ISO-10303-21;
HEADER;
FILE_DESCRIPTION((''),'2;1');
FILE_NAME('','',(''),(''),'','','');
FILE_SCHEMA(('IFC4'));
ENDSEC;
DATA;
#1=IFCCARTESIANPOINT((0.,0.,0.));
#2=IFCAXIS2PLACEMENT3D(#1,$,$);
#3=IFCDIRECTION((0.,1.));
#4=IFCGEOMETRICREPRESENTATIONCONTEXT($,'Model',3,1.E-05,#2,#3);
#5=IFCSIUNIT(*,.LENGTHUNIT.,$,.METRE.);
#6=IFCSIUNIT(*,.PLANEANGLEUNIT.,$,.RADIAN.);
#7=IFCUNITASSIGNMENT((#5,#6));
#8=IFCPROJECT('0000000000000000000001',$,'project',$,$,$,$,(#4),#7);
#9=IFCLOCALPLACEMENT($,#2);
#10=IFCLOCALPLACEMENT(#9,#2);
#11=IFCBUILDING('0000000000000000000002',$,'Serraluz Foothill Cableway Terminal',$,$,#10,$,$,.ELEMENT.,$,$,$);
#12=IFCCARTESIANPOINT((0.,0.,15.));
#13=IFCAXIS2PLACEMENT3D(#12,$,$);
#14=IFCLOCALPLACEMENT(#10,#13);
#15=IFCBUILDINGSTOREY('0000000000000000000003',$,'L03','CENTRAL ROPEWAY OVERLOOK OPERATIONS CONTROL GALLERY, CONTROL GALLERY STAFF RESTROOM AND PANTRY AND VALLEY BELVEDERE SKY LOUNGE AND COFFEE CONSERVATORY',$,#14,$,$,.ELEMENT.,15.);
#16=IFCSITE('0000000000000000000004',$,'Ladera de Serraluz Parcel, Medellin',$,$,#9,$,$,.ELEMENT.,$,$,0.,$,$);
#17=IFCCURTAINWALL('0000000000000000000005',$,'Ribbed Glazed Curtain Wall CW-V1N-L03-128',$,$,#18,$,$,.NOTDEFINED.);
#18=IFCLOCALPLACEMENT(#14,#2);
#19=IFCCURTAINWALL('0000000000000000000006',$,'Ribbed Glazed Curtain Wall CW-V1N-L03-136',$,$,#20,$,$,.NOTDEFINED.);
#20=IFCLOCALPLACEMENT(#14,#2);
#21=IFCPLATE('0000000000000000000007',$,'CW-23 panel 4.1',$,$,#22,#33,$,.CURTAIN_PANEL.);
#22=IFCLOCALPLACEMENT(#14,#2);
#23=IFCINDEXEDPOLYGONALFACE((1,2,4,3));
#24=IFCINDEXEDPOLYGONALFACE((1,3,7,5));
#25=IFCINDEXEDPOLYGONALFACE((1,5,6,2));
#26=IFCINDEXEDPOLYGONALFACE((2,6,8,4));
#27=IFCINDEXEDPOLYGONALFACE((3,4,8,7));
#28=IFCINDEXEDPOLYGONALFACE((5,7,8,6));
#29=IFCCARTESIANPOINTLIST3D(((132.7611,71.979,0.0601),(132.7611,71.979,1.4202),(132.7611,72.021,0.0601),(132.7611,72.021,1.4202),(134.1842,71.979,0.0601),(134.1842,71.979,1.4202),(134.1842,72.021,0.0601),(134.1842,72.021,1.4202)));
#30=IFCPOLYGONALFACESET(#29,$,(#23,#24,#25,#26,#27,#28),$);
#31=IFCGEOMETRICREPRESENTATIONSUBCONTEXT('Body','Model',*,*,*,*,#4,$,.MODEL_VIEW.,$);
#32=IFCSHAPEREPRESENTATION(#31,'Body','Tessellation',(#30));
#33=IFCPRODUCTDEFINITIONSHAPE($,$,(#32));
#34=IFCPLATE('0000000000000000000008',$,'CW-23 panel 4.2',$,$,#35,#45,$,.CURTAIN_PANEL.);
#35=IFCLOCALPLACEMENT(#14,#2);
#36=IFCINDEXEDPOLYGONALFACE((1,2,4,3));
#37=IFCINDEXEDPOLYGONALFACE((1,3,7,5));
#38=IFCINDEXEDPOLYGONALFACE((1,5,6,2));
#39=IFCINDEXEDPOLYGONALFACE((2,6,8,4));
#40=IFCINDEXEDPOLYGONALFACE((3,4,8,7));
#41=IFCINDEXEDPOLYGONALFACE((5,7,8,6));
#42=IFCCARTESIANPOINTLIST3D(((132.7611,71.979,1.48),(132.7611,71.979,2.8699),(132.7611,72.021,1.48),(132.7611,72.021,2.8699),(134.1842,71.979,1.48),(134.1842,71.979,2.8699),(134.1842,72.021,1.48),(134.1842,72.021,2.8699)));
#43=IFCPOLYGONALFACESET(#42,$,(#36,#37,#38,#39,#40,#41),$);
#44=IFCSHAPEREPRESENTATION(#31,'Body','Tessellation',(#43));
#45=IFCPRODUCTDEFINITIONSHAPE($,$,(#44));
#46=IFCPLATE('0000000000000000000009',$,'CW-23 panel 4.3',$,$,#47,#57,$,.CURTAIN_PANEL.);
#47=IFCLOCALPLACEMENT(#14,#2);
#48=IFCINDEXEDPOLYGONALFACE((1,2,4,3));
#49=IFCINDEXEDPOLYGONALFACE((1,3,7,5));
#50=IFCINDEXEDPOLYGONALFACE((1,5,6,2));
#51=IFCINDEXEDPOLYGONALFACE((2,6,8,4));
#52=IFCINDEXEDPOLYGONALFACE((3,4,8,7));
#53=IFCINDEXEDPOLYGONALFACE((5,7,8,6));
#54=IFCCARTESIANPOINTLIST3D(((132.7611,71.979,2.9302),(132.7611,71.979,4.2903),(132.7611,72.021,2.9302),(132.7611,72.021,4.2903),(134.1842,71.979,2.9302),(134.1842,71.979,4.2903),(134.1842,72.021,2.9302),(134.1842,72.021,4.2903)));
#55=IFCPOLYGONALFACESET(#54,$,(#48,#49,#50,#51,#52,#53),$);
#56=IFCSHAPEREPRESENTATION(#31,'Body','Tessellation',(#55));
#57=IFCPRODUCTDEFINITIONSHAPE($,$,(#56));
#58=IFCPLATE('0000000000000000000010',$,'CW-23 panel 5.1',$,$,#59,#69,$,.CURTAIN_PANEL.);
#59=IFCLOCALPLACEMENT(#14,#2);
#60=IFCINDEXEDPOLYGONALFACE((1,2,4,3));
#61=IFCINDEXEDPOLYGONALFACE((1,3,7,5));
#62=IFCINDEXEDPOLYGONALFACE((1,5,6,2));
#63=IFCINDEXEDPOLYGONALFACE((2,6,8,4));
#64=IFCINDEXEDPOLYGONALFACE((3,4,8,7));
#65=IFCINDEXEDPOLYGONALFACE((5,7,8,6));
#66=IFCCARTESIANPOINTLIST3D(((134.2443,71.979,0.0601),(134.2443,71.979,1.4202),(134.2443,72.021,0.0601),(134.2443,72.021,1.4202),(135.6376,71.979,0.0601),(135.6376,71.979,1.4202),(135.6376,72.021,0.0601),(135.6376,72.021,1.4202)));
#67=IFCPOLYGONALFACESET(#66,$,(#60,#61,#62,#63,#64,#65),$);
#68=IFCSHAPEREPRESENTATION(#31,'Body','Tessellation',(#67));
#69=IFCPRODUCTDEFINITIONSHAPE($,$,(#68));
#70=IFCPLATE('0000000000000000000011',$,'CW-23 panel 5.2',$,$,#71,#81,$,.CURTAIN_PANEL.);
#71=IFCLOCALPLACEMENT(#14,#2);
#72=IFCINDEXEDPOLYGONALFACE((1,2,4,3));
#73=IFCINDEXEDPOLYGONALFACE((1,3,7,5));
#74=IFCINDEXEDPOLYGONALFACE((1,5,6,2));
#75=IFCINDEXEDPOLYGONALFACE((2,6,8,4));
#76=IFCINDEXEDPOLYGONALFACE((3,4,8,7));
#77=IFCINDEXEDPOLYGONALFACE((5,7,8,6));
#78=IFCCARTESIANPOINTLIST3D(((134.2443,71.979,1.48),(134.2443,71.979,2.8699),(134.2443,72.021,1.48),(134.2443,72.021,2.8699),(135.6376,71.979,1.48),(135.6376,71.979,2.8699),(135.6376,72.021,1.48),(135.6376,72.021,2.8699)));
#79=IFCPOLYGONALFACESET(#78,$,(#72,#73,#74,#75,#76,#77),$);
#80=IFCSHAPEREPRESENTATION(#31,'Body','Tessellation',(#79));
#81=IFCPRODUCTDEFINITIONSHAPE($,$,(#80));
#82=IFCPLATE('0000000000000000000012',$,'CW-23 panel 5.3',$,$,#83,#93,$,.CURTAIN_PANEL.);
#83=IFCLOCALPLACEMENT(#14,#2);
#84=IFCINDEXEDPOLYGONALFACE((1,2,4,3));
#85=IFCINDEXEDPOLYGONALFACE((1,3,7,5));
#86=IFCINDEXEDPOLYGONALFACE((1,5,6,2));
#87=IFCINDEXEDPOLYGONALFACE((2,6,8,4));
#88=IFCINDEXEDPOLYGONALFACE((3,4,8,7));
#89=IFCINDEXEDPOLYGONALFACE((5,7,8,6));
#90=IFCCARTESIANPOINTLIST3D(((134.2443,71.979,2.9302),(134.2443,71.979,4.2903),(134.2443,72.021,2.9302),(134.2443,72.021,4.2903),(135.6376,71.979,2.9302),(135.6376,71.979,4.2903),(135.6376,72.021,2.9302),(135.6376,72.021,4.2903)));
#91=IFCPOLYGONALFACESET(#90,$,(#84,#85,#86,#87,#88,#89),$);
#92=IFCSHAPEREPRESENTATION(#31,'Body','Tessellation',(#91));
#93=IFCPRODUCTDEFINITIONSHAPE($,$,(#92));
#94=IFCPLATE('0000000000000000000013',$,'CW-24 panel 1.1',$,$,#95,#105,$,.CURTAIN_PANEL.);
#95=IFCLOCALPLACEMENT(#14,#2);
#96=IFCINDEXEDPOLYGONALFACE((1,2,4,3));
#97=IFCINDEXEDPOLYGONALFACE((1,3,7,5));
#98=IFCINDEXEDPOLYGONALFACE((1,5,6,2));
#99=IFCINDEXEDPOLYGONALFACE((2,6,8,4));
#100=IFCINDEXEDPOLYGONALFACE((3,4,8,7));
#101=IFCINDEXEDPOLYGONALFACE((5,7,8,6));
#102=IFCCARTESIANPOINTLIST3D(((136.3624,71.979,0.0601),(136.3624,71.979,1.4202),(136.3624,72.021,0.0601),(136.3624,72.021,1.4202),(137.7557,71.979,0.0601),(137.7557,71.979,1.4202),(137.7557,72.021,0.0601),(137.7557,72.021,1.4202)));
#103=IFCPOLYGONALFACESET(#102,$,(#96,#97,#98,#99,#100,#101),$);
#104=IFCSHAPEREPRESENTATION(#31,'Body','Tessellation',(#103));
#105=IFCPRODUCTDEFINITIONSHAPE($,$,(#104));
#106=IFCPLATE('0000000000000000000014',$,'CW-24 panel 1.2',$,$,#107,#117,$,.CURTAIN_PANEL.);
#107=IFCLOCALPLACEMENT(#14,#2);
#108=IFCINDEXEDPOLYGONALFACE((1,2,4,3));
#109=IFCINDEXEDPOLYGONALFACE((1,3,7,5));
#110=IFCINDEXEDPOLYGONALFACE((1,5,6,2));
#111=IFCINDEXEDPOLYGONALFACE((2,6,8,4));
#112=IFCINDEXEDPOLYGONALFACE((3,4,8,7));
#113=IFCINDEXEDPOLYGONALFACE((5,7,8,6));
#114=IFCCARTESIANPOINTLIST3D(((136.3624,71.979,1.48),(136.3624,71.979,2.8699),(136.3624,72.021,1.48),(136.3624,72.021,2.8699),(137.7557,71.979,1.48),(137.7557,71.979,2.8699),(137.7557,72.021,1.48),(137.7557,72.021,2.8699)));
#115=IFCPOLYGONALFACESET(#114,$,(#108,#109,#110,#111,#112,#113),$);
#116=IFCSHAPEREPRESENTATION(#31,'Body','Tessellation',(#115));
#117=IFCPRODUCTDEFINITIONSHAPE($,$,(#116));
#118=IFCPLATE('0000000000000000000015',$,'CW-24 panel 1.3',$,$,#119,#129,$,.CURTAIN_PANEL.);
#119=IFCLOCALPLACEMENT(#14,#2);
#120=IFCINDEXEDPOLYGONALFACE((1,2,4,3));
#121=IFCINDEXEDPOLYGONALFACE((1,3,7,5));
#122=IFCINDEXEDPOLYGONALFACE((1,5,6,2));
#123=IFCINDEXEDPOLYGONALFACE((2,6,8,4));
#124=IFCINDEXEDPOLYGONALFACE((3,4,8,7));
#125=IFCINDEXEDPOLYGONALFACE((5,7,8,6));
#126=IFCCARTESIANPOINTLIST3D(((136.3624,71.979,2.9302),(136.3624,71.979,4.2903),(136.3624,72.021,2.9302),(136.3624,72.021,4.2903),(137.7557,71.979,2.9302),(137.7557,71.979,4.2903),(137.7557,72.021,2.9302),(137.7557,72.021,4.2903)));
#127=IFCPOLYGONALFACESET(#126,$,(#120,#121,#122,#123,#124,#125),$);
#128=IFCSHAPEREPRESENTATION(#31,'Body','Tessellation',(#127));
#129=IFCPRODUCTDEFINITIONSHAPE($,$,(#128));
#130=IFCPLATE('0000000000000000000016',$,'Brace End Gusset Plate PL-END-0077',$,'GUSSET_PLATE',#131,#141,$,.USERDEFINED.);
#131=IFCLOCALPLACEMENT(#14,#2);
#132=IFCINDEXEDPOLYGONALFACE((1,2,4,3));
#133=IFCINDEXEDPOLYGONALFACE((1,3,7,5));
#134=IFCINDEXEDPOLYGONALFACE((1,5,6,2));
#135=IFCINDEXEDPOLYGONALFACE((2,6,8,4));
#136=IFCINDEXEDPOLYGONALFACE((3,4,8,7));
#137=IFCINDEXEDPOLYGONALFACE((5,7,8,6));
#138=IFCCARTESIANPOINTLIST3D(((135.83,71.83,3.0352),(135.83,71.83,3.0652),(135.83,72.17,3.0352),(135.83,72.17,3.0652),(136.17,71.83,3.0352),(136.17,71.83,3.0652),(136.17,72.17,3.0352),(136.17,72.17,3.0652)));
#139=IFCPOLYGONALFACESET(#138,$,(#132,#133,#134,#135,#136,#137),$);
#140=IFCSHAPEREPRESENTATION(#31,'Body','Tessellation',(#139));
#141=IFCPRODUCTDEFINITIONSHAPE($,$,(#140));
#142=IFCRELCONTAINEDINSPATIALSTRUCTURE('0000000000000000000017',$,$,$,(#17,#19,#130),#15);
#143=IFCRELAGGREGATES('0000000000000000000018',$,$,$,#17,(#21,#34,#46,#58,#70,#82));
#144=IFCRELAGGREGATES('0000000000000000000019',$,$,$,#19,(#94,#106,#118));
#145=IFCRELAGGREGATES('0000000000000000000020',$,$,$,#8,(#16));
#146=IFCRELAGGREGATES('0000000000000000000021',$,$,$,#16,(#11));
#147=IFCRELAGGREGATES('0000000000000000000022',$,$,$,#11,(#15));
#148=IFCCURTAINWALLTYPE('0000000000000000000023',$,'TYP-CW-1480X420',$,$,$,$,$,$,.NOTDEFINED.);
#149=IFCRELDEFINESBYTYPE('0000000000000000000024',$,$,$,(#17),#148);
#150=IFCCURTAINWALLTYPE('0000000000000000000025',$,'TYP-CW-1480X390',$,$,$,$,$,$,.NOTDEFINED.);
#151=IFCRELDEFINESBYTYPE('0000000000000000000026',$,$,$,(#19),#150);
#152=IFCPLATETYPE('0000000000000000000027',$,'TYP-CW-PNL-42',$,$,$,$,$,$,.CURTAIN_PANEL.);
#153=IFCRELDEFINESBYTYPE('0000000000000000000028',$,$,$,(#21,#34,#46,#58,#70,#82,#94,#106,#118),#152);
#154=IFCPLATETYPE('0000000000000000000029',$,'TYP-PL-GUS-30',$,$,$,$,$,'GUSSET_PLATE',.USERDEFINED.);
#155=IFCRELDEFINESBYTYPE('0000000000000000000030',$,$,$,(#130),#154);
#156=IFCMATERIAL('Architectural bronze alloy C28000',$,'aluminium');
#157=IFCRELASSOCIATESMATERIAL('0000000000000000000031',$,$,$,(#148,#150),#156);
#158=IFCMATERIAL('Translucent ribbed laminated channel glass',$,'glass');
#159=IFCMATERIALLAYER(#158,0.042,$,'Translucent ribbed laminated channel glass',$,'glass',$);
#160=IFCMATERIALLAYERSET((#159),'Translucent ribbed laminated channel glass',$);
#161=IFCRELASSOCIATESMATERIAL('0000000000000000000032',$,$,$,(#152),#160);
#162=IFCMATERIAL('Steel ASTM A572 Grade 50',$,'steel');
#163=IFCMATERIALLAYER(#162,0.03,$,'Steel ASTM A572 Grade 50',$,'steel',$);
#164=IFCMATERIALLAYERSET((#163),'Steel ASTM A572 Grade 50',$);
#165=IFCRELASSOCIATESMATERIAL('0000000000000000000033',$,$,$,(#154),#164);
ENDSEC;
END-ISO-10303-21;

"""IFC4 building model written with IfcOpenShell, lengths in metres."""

from ifc_helpers import new_model, si_unit, direction, frame, origin, origin_2d, place, context, subcontext, project, spatial, rectangle, extrude, material, layer, layer_set, type_object, element, aggregate, save


model = new_model("IFC4")

# Units and contexts
model_context = context("Model", 3, precision=1e-05, world=origin(), true_north=direction((0.0, 1.0)))
body_context = subcontext(model_context, "Body", "Model", "MODEL_VIEW")
ifc_project = project(units=[si_unit("LENGTHUNIT", "METRE"), si_unit("PLANEANGLEUNIT", "RADIAN")], contexts=[model_context])

# Site, building, storey
site_placement = place(None, origin())
site = spatial("IfcSite", under=ifc_project, at=site_placement, Name="Ladera de Serraluz Parcel, Medellin", CompositionType="ELEMENT", RefElevation=0.0)
building_placement = place(site_placement, origin())
building = spatial("IfcBuilding", under=site, at=building_placement, Name="Serraluz Foothill Cableway Terminal", CompositionType="ELEMENT")
storey_placement = place(building_placement, frame((0.0, 0.0, 15.0)))
storey = spatial("IfcBuildingStorey", under=building, at=storey_placement, Name="L03", Description="CENTRAL ROPEWAY OVERLOOK OPERATIONS CONTROL GALLERY, CONTROL GALLERY STAFF RESTROOM AND PANTRY AND VALLEY BELVEDERE SKY LOUNGE AND COFFEE CONSERVATORY", CompositionType="ELEMENT", Elevation=15.0)

# Curtain walls
ifc_material_1 = material(Name="Architectural bronze alloy C28000", Category="aluminium")
curtain_wall_type_1 = type_object("IfcCurtainWallType", Name="TYP-CW-1480X420", PredefinedType="NOTDEFINED", material=ifc_material_1)
curtain_wall_1_placement = place(storey_placement, origin())
curtain_wall_1 = element("IfcCurtainWall", 1, at=curtain_wall_1_placement, inside=storey, type_object=curtain_wall_type_1, Name="Ribbed Glazed Curtain Wall CW-V1N-L03-128", PredefinedType="NOTDEFINED")
curtain_wall_type_2 = type_object("IfcCurtainWallType", Name="TYP-CW-1480X390", PredefinedType="NOTDEFINED", material=ifc_material_1)
curtain_wall_2_placement = place(storey_placement, origin())
curtain_wall_2 = element("IfcCurtainWall", 2, at=curtain_wall_2_placement, inside=storey, type_object=curtain_wall_type_2, Name="Ribbed Glazed Curtain Wall CW-V1N-L03-136", PredefinedType="NOTDEFINED")

# Shared definitions
ifc_material_2 = material(Name="Steel ASTM A572 Grade 50", Category="steel")

# Plates
ifc_material_3 = material(Name="Translucent ribbed laminated channel glass", Category="glass")
ifc_layer_1 = layer(ifc_material_3, 0.042, Name="Translucent ribbed laminated channel glass", Category="glass")
ifc_layer_set_1 = layer_set([ifc_layer_1], Name="Translucent ribbed laminated channel glass")
plate_type_1 = type_object("IfcPlateType", Name="TYP-CW-PNL-42", PredefinedType="CURTAIN_PANEL", material=ifc_layer_set_1)
plate_1_placement = place(storey_placement, frame((133.4727, 72.0, 0.0601), z_axis=(0.0, 0.0, 1.0), x_axis=(1.0, 0.0, 0.0)))
plate_1 = element("IfcPlate", 3, at=plate_1_placement, type_object=plate_type_1, Name="CW-23 panel 4.1", PredefinedType="CURTAIN_PANEL", context=body_context, shape_type="SweptSolid", body=[
    extrude(rectangle(XDim=1.4231, YDim=0.042, at=origin_2d()), origin(), (0.0, 0.0, 1.0), 1.3601),
])
plate_2_placement = place(storey_placement, frame((133.4727, 72.0, 1.48), z_axis=(0.0, 0.0, 1.0), x_axis=(1.0, 0.0, 0.0)))
plate_2 = element("IfcPlate", 4, at=plate_2_placement, type_object=plate_type_1, Name="CW-23 panel 4.2", PredefinedType="CURTAIN_PANEL", context=body_context, shape_type="SweptSolid", body=[
    extrude(rectangle(XDim=1.4231, YDim=0.042, at=origin_2d()), origin(), (0.0, 0.0, 1.0), 1.3899),
])
plate_3_placement = place(storey_placement, frame((133.4727, 72.0, 2.9302), z_axis=(0.0, 0.0, 1.0), x_axis=(1.0, 0.0, 0.0)))
plate_3 = element("IfcPlate", 5, at=plate_3_placement, type_object=plate_type_1, Name="CW-23 panel 4.3", PredefinedType="CURTAIN_PANEL", context=body_context, shape_type="SweptSolid", body=[
    extrude(rectangle(XDim=1.4231, YDim=0.042, at=origin_2d()), origin(), (0.0, 0.0, 1.0), 1.3601),
])
plate_4_placement = place(storey_placement, frame((134.9409, 72.0, 0.0601), z_axis=(0.0, 0.0, 1.0), x_axis=(1.0, 0.0, 0.0)))
plate_4 = element("IfcPlate", 6, at=plate_4_placement, type_object=plate_type_1, Name="CW-23 panel 5.1", PredefinedType="CURTAIN_PANEL", context=body_context, shape_type="SweptSolid", body=[
    extrude(rectangle(XDim=1.3933, YDim=0.042, at=origin_2d()), origin(), (0.0, 0.0, 1.0), 1.3601),
])
plate_5_placement = place(storey_placement, frame((134.9409, 72.0, 1.48), z_axis=(0.0, 0.0, 1.0), x_axis=(1.0, 0.0, 0.0)))
plate_5 = element("IfcPlate", 7, at=plate_5_placement, type_object=plate_type_1, Name="CW-23 panel 5.2", PredefinedType="CURTAIN_PANEL", context=body_context, shape_type="SweptSolid", body=[
    extrude(rectangle(XDim=1.3933, YDim=0.042, at=origin_2d()), origin(), (0.0, 0.0, 1.0), 1.3899),
])
plate_6_placement = place(storey_placement, frame((134.9409, 72.0, 2.9302), z_axis=(0.0, 0.0, 1.0), x_axis=(1.0, 0.0, 0.0)))
plate_6 = element("IfcPlate", 8, at=plate_6_placement, type_object=plate_type_1, Name="CW-23 panel 5.3", PredefinedType="CURTAIN_PANEL", context=body_context, shape_type="SweptSolid", body=[
    extrude(rectangle(XDim=1.3933, YDim=0.042, at=origin_2d()), origin(), (0.0, 0.0, 1.0), 1.3601),
])
aggregate(curtain_wall_1, [plate_1, plate_2, plate_3, plate_4, plate_5, plate_6])
plate_7_placement = place(storey_placement, frame((137.0591, 72.0, 0.0601), z_axis=(0.0, 0.0, 1.0), x_axis=(1.0, 0.0, 0.0)))
plate_7 = element("IfcPlate", 9, at=plate_7_placement, type_object=plate_type_1, Name="CW-24 panel 1.1", PredefinedType="CURTAIN_PANEL", context=body_context, shape_type="SweptSolid", body=[
    extrude(rectangle(XDim=1.3933, YDim=0.042, at=origin_2d()), origin(), (0.0, 0.0, 1.0), 1.3601),
])
plate_8_placement = place(storey_placement, frame((137.0591, 72.0, 1.48), z_axis=(0.0, 0.0, 1.0), x_axis=(1.0, 0.0, 0.0)))
plate_8 = element("IfcPlate", 10, at=plate_8_placement, type_object=plate_type_1, Name="CW-24 panel 1.2", PredefinedType="CURTAIN_PANEL", context=body_context, shape_type="SweptSolid", body=[
    extrude(rectangle(XDim=1.3933, YDim=0.042, at=origin_2d()), origin(), (0.0, 0.0, 1.0), 1.3899),
])
plate_9_placement = place(storey_placement, frame((137.0591, 72.0, 2.9302), z_axis=(0.0, 0.0, 1.0), x_axis=(1.0, 0.0, 0.0)))
plate_9 = element("IfcPlate", 11, at=plate_9_placement, type_object=plate_type_1, Name="CW-24 panel 1.3", PredefinedType="CURTAIN_PANEL", context=body_context, shape_type="SweptSolid", body=[
    extrude(rectangle(XDim=1.3933, YDim=0.042, at=origin_2d()), origin(), (0.0, 0.0, 1.0), 1.3601),
])
aggregate(curtain_wall_2, [plate_7, plate_8, plate_9])
ifc_layer_2 = layer(ifc_material_2, 0.03, Name="Steel ASTM A572 Grade 50", Category="steel")
ifc_layer_set_2 = layer_set([ifc_layer_2], Name="Steel ASTM A572 Grade 50")
plate_type_2 = type_object("IfcPlateType", Name="TYP-PL-GUS-30", ElementType="GUSSET_PLATE", PredefinedType="USERDEFINED", material=ifc_layer_set_2)
plate_10_placement = place(storey_placement, frame((136.0, 72.0, 3.0352), z_axis=(0.0, 0.0, 1.0), x_axis=(1.0, 0.0, 0.0)))
element("IfcPlate", 12, at=plate_10_placement, inside=storey, type_object=plate_type_2, Name="Brace End Gusset Plate PL-END-0077", ObjectType="GUSSET_PLATE", PredefinedType="USERDEFINED", context=body_context, shape_type="SweptSolid", body=[
    extrude(rectangle(XDim=0.3401, YDim=0.3401, at=origin_2d()), origin(), (0.0, 0.0, 1.0), 0.03),
])

save(model, "model.ifc")
